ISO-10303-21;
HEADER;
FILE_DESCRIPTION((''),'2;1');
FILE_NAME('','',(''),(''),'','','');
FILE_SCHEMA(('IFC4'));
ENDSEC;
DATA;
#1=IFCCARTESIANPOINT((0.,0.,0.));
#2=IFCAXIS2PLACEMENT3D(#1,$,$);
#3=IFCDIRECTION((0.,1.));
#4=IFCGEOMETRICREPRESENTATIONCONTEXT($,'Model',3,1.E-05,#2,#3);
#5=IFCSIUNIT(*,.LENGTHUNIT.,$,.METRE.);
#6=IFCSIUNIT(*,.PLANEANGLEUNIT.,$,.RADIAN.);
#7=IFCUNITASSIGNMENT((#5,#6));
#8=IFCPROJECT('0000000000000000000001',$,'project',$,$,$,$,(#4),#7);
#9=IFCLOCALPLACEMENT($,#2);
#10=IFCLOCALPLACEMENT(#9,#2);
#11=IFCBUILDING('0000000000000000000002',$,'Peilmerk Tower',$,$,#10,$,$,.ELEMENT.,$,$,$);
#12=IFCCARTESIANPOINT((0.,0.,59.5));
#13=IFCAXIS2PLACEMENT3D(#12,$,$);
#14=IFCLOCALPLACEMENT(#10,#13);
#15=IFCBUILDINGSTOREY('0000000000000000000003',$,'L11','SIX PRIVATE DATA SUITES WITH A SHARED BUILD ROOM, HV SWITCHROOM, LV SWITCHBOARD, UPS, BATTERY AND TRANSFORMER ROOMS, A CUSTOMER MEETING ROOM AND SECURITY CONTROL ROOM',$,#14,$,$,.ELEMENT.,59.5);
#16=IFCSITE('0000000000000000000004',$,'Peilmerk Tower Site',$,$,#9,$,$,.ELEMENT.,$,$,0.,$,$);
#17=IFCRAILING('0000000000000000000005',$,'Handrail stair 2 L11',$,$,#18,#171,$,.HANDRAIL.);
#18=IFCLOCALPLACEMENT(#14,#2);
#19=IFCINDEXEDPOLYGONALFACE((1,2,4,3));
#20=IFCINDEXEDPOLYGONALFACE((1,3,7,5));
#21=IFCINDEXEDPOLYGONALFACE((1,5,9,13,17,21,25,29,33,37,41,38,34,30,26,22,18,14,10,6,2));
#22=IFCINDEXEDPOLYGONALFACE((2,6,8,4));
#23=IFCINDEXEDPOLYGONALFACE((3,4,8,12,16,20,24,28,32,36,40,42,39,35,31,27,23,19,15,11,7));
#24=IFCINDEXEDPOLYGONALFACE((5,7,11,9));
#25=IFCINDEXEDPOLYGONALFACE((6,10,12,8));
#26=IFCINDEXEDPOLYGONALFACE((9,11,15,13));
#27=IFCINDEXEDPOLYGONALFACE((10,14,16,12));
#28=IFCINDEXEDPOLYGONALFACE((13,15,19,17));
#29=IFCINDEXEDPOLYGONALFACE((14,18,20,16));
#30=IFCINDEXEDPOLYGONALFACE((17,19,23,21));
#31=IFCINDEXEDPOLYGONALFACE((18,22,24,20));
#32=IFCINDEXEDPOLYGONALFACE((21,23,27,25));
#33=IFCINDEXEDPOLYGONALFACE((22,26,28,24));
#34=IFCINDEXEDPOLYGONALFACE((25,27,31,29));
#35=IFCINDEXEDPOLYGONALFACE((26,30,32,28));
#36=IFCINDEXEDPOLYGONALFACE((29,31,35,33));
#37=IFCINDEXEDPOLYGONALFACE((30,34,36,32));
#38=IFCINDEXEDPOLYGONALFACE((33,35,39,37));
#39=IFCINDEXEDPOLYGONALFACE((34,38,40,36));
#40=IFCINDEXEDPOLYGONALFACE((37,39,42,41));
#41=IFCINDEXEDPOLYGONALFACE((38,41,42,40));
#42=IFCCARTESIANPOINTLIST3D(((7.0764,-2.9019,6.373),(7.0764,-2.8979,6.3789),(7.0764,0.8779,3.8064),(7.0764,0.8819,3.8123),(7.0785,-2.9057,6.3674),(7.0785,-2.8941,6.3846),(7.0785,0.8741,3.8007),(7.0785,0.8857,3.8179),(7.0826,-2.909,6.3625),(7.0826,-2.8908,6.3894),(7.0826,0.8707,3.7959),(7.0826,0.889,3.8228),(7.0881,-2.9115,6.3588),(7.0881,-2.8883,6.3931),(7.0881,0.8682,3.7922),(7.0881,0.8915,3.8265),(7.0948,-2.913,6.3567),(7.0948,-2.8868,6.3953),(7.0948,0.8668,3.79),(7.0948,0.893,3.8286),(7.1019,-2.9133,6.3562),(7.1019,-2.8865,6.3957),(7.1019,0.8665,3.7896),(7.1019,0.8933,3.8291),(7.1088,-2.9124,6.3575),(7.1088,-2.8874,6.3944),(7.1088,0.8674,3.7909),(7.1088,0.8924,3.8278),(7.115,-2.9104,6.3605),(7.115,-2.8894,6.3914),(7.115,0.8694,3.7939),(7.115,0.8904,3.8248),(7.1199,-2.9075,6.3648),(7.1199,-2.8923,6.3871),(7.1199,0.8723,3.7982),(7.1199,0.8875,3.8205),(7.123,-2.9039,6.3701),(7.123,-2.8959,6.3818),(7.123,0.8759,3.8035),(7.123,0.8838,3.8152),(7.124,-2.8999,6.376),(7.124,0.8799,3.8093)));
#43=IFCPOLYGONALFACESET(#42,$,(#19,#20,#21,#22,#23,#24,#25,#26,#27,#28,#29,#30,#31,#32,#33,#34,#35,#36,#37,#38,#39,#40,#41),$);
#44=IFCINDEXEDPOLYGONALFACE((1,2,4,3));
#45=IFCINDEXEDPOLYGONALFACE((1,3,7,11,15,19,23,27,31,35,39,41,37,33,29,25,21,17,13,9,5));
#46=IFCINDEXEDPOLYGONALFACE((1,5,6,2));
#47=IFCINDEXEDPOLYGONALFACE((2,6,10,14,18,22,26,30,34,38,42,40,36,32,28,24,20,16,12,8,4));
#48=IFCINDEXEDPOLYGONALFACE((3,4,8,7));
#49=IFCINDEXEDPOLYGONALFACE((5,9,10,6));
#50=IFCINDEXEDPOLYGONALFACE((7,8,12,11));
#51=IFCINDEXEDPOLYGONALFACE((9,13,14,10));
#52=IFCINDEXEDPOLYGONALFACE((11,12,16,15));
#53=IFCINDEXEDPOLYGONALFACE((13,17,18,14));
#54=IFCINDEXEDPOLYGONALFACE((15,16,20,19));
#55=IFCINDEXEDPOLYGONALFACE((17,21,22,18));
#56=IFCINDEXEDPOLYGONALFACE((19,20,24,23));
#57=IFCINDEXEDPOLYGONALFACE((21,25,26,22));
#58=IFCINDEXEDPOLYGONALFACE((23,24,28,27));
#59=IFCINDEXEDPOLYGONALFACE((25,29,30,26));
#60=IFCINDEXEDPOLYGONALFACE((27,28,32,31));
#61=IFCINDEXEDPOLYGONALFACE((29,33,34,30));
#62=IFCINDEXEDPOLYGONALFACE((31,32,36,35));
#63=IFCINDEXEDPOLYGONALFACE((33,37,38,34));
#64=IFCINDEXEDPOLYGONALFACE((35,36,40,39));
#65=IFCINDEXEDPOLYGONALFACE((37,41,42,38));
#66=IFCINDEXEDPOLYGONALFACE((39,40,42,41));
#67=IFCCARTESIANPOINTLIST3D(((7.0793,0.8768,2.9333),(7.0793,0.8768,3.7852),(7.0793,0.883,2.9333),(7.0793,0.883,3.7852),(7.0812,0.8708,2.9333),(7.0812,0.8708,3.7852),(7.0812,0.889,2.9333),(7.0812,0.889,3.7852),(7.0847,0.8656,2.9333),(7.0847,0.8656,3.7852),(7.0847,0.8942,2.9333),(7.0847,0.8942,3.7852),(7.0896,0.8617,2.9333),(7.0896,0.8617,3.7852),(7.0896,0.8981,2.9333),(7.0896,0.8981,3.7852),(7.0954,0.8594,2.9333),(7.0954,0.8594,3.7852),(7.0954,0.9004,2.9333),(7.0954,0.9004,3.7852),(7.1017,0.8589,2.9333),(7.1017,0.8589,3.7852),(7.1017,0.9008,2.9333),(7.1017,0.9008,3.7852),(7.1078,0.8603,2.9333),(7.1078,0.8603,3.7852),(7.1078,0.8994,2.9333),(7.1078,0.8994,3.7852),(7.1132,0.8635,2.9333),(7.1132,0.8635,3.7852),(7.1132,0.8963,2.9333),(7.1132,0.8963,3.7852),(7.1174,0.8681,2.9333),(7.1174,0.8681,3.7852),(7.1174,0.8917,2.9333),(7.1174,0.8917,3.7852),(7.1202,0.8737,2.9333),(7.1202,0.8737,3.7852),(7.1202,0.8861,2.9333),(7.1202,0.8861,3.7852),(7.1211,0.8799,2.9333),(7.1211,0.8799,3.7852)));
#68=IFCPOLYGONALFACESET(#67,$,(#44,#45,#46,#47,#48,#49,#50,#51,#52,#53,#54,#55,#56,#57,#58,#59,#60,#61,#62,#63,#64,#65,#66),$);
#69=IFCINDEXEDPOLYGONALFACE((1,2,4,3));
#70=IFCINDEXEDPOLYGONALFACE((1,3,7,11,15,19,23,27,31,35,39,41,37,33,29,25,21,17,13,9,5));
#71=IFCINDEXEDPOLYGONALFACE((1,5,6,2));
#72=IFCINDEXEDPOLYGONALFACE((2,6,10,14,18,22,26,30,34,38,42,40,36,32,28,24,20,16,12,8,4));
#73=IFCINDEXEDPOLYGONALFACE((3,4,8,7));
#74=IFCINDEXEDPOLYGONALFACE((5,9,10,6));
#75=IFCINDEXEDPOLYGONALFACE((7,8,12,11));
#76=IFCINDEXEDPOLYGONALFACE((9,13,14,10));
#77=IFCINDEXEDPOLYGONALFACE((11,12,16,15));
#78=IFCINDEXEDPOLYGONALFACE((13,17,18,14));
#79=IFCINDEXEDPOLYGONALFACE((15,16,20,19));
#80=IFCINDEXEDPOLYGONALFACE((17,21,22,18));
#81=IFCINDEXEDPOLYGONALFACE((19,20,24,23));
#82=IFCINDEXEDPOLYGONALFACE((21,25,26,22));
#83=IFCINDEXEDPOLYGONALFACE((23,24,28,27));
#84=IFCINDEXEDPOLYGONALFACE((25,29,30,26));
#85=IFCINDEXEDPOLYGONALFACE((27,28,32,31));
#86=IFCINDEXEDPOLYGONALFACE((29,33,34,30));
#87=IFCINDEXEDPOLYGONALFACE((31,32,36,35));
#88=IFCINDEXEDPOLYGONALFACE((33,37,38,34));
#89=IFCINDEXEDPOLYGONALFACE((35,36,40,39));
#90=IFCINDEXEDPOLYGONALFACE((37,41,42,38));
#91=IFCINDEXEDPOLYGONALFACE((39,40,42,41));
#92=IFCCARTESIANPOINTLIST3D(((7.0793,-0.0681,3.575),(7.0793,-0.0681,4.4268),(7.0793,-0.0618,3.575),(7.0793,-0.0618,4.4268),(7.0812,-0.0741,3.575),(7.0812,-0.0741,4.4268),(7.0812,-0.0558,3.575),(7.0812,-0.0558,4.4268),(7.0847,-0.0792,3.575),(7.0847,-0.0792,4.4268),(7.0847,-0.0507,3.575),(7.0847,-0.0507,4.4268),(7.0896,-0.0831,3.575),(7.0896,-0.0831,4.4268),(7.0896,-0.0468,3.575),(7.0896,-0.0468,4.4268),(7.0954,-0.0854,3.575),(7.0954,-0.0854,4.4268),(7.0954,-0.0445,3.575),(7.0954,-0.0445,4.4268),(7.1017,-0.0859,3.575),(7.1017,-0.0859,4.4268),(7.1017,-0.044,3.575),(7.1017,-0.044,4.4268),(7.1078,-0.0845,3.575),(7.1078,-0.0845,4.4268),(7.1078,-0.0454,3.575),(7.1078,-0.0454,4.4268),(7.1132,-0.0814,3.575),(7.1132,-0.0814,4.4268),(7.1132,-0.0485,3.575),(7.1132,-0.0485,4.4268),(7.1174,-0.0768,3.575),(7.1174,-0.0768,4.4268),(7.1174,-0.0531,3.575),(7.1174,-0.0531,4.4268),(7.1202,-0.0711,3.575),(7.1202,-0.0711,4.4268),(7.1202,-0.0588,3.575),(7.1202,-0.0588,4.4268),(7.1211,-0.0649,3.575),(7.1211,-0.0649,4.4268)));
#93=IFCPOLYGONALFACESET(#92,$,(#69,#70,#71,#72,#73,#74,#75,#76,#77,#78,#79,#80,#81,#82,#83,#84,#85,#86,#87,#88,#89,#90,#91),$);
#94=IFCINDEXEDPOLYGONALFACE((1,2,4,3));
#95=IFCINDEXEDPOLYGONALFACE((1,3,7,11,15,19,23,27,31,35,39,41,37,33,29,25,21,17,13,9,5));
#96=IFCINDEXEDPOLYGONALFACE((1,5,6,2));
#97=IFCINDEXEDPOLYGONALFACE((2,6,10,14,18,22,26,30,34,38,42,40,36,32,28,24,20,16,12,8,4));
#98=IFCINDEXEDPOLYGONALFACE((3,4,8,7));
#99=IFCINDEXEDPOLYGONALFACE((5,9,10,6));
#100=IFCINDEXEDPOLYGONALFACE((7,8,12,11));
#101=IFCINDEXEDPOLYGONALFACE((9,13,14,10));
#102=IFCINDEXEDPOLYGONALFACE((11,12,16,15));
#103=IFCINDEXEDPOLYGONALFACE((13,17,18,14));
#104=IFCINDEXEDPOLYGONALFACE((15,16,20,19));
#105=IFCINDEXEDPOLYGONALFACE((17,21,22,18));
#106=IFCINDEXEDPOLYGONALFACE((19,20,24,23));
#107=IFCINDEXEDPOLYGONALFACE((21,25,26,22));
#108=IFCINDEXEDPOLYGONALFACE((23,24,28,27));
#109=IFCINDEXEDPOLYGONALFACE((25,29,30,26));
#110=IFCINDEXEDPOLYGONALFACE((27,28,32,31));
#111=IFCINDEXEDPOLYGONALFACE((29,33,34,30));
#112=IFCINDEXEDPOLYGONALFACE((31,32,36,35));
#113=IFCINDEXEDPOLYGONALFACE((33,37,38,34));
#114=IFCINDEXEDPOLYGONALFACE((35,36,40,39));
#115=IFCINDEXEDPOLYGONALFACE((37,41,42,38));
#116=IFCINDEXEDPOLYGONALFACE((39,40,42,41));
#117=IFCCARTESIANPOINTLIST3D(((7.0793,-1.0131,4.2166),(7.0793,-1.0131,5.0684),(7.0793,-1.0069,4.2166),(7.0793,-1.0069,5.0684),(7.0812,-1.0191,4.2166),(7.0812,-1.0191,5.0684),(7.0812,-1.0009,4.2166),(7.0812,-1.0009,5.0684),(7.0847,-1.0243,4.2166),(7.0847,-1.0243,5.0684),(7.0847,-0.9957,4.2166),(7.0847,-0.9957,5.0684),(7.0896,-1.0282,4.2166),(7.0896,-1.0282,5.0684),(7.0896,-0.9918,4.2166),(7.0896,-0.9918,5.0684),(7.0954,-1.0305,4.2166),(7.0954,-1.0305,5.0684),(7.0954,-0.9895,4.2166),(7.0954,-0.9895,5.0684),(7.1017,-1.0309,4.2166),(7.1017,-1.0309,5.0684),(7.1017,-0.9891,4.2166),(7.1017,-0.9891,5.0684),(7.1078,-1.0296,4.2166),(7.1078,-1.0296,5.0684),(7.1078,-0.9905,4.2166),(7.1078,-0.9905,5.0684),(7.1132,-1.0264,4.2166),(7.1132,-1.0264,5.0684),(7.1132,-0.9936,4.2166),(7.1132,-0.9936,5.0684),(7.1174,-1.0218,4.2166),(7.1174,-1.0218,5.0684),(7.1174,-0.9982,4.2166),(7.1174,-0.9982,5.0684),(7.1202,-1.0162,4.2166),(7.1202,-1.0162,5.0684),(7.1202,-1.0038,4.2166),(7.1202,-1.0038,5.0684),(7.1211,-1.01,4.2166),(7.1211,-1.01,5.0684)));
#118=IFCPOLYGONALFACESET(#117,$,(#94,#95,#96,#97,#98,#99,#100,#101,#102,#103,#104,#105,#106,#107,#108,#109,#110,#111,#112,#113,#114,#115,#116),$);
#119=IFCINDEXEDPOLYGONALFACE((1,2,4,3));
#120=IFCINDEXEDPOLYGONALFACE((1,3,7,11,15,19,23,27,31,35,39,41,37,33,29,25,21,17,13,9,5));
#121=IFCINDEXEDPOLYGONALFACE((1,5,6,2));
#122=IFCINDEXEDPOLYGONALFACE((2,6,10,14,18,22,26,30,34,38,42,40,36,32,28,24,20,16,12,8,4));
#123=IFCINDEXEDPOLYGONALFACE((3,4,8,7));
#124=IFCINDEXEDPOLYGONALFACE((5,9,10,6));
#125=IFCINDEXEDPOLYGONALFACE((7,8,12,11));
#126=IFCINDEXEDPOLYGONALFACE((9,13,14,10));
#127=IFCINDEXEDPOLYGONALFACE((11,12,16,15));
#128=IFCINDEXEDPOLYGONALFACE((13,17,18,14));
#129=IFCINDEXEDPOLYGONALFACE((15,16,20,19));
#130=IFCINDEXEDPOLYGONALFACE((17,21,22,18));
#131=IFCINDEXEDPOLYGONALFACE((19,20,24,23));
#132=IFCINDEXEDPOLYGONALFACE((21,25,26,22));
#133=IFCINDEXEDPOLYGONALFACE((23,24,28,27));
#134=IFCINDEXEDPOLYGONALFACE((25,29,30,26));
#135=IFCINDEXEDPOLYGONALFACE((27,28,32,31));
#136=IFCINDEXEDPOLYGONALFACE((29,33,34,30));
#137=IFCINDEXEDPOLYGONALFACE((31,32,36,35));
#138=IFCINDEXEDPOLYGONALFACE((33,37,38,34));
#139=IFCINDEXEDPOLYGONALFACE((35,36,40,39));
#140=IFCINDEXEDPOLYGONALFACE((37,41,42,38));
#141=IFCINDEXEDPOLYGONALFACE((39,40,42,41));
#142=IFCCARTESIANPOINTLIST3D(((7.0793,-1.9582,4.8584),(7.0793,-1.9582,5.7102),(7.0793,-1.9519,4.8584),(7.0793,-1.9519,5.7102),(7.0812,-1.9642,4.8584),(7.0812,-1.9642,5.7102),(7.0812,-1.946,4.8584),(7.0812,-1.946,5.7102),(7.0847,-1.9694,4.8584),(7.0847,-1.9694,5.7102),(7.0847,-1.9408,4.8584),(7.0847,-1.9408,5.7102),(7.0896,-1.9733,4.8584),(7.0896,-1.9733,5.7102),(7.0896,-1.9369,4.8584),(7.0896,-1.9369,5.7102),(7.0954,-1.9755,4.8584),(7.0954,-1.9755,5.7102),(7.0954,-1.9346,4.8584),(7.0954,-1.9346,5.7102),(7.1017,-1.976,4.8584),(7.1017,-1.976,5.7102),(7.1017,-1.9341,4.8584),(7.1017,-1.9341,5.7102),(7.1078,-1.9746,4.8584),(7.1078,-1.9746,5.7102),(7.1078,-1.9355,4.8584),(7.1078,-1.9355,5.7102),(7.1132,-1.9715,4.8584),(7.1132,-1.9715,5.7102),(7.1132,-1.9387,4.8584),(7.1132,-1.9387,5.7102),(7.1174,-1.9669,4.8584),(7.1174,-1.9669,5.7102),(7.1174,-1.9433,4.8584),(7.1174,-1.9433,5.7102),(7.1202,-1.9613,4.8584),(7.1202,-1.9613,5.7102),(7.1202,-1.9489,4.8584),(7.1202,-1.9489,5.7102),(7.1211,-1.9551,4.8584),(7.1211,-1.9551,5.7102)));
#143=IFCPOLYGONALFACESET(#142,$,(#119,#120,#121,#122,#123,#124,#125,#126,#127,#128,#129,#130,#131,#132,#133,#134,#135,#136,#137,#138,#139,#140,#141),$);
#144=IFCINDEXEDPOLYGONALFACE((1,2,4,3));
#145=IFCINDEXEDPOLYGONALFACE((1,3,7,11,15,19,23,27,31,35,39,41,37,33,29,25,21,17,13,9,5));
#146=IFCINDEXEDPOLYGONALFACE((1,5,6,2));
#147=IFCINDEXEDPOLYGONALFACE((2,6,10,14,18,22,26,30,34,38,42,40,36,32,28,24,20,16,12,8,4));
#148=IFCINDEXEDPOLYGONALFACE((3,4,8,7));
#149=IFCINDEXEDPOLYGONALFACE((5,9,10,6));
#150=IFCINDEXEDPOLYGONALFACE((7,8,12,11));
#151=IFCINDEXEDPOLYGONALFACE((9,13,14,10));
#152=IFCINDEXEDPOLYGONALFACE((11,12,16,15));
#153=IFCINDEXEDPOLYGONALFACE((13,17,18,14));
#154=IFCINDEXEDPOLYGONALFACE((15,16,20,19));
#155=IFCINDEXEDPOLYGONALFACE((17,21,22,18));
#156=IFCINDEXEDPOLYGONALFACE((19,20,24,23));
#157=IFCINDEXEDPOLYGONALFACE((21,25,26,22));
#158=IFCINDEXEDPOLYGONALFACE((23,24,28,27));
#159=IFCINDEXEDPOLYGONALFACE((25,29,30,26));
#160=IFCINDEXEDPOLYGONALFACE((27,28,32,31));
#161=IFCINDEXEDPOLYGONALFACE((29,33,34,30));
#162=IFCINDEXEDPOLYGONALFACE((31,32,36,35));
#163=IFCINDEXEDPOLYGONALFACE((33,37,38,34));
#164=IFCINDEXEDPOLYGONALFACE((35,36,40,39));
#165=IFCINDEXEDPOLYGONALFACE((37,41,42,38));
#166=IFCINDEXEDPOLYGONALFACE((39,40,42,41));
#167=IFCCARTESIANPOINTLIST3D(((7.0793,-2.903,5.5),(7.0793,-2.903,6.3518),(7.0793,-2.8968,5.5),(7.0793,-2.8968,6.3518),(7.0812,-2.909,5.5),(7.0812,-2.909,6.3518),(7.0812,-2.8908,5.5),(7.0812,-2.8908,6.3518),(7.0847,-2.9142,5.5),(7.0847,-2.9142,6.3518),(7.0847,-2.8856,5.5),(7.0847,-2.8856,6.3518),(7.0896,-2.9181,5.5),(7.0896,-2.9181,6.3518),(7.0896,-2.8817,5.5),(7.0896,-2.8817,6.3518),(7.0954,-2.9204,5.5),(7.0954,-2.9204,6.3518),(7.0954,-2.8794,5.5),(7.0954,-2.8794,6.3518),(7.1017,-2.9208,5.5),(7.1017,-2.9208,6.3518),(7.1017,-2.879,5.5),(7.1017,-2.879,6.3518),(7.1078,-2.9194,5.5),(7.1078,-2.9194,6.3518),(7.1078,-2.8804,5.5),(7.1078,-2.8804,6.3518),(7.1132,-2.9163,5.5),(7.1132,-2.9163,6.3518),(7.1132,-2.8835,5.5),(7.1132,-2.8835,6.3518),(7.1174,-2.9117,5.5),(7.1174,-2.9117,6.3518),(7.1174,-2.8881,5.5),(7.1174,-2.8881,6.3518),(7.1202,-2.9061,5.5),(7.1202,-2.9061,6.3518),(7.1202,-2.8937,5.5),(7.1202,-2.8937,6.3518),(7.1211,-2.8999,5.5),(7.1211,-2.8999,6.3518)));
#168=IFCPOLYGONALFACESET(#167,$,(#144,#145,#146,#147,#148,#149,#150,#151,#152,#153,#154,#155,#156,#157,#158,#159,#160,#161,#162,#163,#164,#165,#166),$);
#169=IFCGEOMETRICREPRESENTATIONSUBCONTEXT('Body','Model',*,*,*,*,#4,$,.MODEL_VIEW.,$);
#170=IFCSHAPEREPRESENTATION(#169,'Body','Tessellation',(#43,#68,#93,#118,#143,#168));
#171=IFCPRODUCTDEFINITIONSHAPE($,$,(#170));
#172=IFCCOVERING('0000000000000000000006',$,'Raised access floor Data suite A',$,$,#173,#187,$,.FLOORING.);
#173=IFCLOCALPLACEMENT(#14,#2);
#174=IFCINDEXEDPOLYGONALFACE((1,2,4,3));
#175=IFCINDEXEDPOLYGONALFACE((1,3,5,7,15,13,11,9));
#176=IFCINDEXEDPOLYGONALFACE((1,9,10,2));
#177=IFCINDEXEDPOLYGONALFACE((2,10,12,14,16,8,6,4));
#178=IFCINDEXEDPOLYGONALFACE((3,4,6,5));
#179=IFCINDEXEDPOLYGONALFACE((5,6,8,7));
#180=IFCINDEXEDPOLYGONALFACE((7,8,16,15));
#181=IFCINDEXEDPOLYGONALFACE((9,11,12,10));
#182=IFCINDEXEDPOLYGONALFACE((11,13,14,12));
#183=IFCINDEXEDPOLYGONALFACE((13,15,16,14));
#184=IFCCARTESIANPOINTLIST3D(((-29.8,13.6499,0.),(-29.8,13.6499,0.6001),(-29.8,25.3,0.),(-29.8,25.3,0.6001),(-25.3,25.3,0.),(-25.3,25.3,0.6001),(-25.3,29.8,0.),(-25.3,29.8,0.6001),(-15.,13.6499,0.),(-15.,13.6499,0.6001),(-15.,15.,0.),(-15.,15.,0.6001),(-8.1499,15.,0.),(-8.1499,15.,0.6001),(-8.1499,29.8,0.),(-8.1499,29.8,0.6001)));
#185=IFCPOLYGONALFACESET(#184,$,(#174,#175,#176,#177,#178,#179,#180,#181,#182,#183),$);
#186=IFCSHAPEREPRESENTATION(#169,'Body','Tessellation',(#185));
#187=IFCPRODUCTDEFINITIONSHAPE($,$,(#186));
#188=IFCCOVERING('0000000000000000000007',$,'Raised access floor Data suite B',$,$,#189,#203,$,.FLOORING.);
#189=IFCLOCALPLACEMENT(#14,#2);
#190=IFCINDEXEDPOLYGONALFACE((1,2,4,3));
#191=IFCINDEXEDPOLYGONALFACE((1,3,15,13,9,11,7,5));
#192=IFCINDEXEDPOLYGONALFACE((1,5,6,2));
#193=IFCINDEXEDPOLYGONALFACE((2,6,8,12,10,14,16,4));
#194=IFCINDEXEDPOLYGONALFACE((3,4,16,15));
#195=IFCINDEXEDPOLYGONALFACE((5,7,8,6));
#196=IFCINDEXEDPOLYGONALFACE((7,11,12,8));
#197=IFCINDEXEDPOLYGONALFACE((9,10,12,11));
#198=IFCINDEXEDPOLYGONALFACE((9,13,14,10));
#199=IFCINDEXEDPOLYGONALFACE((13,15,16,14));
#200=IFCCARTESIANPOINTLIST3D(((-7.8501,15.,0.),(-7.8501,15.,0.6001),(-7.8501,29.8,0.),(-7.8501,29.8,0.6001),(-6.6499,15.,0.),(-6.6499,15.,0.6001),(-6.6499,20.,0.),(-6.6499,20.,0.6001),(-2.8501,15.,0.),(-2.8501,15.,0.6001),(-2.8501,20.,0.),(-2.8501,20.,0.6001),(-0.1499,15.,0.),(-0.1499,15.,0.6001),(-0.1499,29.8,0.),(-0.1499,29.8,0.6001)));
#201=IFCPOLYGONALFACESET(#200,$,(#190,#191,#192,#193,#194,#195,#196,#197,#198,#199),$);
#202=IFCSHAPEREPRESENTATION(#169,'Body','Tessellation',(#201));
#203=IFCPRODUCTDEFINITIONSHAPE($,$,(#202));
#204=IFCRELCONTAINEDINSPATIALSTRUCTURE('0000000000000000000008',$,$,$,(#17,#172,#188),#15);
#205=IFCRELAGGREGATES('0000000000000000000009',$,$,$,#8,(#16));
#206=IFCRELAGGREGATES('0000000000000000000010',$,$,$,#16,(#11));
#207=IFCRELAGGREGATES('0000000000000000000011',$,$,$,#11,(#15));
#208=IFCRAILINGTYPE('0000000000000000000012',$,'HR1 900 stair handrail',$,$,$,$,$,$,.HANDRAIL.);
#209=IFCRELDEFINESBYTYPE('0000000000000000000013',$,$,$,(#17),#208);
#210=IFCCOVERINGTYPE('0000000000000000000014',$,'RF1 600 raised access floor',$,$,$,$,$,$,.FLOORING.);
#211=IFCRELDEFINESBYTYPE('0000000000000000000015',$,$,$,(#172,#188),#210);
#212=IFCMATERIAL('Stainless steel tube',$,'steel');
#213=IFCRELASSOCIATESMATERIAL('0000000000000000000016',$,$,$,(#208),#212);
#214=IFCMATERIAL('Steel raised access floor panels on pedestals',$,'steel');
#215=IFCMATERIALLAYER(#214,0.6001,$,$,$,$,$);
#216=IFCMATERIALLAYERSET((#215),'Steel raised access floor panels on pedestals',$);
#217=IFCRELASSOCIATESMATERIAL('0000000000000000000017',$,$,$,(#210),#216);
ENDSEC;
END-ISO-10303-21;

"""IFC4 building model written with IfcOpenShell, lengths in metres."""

from ifc_helpers import new_model, si_unit, direction, frame, origin, origin_2d, place, context, subcontext, project, spatial, polyline, circle, outline, extrude, material, layer, layer_set, type_object, element, save


model = new_model("IFC4")

# Units and contexts
model_context = context("Model", 3, precision=1e-05, world=origin(), true_north=direction((0.0, 1.0)))
body_context = subcontext(model_context, "Body", "Model", "MODEL_VIEW")
ifc_project = project(units=[si_unit("LENGTHUNIT", "METRE"), si_unit("PLANEANGLEUNIT", "RADIAN")], contexts=[model_context])

# Site, building, storey
site_placement = place(None, origin())
site = spatial("IfcSite", under=ifc_project, at=site_placement, Name="Peilmerk Tower Site", CompositionType="ELEMENT", RefElevation=0.0)
building_placement = place(site_placement, origin())
building = spatial("IfcBuilding", under=site, at=building_placement, Name="Peilmerk Tower", CompositionType="ELEMENT")
storey_placement = place(building_placement, frame((0.0, 0.0, 59.5)))
storey = spatial("IfcBuildingStorey", under=building, at=storey_placement, Name="L11", Description="SIX PRIVATE DATA SUITES WITH A SHARED BUILD ROOM, HV SWITCHROOM, LV SWITCHBOARD, UPS, BATTERY AND TRANSFORMER ROOMS, A CUSTOMER MEETING ROOM AND SECURITY CONTROL ROOM", CompositionType="ELEMENT", Elevation=59.5)

# Railing
ifc_material_1 = material(Name="Stainless steel tube", Category="steel")
railing_type_1 = type_object("IfcRailingType", Name="HR1 900 stair handrail", PredefinedType="HANDRAIL", material=ifc_material_1)
railing_1_placement = place(storey_placement, frame((7.1001, 0.8799, 2.9333)))
element("IfcRailing", 1, at=railing_1_placement, inside=storey, type_object=railing_type_1, Name="Handrail stair 2 L11", PredefinedType="HANDRAIL", context=body_context, shape_type="SweptSolid", body=[
    extrude(circle(Radius=0.0239, at=origin_2d()), frame((0.0, 0.0, 0.876), z_axis=(0.0, -0.827293, 0.561771), x_axis=(1.0, 0.0, 0.0)), (0.0, 0.0, 1.0), 4.5688),
    extrude(circle(Radius=0.021, at=origin_2d()), origin(), (0.0, 0.0, 1.0), 0.8518),
    extrude(circle(Radius=0.021, at=origin_2d()), frame((0.0, -0.9448, 0.6416)), (0.0, 0.0, 1.0), 0.8518),
    extrude(circle(Radius=0.021, at=origin_2d()), frame((0.0, -1.8899, 1.2832)), (0.0, 0.0, 1.0), 0.8518),
    extrude(circle(Radius=0.021, at=origin_2d()), frame((0.0, -2.835, 1.925)), (0.0, 0.0, 1.0), 0.8518),
    extrude(circle(Radius=0.021, at=origin_2d()), frame((0.0, -3.7798, 2.5667)), (0.0, 0.0, 1.0), 0.8518),
])

# Coverings
ifc_material_2 = material(Name="Steel raised access floor panels on pedestals", Category="steel")
ifc_layer_1 = layer(ifc_material_2, 0.6001)
ifc_layer_set_1 = layer_set([ifc_layer_1], Name="Steel raised access floor panels on pedestals")
covering_type_1 = type_object("IfcCoveringType", Name="RF1 600 raised access floor", PredefinedType="FLOORING", material=ifc_layer_set_1)
covering_1_placement = place(storey_placement, origin())
element("IfcCovering", 2, at=covering_1_placement, inside=storey, type_object=covering_type_1, Name="Raised access floor Data suite A", PredefinedType="FLOORING", context=body_context, shape_type="SweptSolid", body=[
    extrude(outline(polyline([(-29.8, 25.3), (-29.8, 13.6499), (-15.0, 13.6499), (-15.0, 15.0), (-8.1499, 15.0), (-8.1499, 29.8), (-25.3, 29.8), (-25.3, 25.3), (-29.8, 25.3)])), origin(), (0.0, 0.0, 1.0), 0.6001),
])
covering_2_placement = place(storey_placement, origin())
element("IfcCovering", 3, at=covering_2_placement, inside=storey, type_object=covering_type_1, Name="Raised access floor Data suite B", PredefinedType="FLOORING", context=body_context, shape_type="SweptSolid", body=[
    extrude(outline(polyline([(-0.1499, 15.0), (-0.1499, 29.8), (-7.8501, 29.8), (-7.8501, 15.0), (-6.6499, 15.0), (-6.6499, 20.0), (-2.8501, 20.0), (-2.8501, 15.0), (-0.1499, 15.0)])), origin(), (0.0, 0.0, 1.0), 0.6001),
])

save(model, "model.ifc")
